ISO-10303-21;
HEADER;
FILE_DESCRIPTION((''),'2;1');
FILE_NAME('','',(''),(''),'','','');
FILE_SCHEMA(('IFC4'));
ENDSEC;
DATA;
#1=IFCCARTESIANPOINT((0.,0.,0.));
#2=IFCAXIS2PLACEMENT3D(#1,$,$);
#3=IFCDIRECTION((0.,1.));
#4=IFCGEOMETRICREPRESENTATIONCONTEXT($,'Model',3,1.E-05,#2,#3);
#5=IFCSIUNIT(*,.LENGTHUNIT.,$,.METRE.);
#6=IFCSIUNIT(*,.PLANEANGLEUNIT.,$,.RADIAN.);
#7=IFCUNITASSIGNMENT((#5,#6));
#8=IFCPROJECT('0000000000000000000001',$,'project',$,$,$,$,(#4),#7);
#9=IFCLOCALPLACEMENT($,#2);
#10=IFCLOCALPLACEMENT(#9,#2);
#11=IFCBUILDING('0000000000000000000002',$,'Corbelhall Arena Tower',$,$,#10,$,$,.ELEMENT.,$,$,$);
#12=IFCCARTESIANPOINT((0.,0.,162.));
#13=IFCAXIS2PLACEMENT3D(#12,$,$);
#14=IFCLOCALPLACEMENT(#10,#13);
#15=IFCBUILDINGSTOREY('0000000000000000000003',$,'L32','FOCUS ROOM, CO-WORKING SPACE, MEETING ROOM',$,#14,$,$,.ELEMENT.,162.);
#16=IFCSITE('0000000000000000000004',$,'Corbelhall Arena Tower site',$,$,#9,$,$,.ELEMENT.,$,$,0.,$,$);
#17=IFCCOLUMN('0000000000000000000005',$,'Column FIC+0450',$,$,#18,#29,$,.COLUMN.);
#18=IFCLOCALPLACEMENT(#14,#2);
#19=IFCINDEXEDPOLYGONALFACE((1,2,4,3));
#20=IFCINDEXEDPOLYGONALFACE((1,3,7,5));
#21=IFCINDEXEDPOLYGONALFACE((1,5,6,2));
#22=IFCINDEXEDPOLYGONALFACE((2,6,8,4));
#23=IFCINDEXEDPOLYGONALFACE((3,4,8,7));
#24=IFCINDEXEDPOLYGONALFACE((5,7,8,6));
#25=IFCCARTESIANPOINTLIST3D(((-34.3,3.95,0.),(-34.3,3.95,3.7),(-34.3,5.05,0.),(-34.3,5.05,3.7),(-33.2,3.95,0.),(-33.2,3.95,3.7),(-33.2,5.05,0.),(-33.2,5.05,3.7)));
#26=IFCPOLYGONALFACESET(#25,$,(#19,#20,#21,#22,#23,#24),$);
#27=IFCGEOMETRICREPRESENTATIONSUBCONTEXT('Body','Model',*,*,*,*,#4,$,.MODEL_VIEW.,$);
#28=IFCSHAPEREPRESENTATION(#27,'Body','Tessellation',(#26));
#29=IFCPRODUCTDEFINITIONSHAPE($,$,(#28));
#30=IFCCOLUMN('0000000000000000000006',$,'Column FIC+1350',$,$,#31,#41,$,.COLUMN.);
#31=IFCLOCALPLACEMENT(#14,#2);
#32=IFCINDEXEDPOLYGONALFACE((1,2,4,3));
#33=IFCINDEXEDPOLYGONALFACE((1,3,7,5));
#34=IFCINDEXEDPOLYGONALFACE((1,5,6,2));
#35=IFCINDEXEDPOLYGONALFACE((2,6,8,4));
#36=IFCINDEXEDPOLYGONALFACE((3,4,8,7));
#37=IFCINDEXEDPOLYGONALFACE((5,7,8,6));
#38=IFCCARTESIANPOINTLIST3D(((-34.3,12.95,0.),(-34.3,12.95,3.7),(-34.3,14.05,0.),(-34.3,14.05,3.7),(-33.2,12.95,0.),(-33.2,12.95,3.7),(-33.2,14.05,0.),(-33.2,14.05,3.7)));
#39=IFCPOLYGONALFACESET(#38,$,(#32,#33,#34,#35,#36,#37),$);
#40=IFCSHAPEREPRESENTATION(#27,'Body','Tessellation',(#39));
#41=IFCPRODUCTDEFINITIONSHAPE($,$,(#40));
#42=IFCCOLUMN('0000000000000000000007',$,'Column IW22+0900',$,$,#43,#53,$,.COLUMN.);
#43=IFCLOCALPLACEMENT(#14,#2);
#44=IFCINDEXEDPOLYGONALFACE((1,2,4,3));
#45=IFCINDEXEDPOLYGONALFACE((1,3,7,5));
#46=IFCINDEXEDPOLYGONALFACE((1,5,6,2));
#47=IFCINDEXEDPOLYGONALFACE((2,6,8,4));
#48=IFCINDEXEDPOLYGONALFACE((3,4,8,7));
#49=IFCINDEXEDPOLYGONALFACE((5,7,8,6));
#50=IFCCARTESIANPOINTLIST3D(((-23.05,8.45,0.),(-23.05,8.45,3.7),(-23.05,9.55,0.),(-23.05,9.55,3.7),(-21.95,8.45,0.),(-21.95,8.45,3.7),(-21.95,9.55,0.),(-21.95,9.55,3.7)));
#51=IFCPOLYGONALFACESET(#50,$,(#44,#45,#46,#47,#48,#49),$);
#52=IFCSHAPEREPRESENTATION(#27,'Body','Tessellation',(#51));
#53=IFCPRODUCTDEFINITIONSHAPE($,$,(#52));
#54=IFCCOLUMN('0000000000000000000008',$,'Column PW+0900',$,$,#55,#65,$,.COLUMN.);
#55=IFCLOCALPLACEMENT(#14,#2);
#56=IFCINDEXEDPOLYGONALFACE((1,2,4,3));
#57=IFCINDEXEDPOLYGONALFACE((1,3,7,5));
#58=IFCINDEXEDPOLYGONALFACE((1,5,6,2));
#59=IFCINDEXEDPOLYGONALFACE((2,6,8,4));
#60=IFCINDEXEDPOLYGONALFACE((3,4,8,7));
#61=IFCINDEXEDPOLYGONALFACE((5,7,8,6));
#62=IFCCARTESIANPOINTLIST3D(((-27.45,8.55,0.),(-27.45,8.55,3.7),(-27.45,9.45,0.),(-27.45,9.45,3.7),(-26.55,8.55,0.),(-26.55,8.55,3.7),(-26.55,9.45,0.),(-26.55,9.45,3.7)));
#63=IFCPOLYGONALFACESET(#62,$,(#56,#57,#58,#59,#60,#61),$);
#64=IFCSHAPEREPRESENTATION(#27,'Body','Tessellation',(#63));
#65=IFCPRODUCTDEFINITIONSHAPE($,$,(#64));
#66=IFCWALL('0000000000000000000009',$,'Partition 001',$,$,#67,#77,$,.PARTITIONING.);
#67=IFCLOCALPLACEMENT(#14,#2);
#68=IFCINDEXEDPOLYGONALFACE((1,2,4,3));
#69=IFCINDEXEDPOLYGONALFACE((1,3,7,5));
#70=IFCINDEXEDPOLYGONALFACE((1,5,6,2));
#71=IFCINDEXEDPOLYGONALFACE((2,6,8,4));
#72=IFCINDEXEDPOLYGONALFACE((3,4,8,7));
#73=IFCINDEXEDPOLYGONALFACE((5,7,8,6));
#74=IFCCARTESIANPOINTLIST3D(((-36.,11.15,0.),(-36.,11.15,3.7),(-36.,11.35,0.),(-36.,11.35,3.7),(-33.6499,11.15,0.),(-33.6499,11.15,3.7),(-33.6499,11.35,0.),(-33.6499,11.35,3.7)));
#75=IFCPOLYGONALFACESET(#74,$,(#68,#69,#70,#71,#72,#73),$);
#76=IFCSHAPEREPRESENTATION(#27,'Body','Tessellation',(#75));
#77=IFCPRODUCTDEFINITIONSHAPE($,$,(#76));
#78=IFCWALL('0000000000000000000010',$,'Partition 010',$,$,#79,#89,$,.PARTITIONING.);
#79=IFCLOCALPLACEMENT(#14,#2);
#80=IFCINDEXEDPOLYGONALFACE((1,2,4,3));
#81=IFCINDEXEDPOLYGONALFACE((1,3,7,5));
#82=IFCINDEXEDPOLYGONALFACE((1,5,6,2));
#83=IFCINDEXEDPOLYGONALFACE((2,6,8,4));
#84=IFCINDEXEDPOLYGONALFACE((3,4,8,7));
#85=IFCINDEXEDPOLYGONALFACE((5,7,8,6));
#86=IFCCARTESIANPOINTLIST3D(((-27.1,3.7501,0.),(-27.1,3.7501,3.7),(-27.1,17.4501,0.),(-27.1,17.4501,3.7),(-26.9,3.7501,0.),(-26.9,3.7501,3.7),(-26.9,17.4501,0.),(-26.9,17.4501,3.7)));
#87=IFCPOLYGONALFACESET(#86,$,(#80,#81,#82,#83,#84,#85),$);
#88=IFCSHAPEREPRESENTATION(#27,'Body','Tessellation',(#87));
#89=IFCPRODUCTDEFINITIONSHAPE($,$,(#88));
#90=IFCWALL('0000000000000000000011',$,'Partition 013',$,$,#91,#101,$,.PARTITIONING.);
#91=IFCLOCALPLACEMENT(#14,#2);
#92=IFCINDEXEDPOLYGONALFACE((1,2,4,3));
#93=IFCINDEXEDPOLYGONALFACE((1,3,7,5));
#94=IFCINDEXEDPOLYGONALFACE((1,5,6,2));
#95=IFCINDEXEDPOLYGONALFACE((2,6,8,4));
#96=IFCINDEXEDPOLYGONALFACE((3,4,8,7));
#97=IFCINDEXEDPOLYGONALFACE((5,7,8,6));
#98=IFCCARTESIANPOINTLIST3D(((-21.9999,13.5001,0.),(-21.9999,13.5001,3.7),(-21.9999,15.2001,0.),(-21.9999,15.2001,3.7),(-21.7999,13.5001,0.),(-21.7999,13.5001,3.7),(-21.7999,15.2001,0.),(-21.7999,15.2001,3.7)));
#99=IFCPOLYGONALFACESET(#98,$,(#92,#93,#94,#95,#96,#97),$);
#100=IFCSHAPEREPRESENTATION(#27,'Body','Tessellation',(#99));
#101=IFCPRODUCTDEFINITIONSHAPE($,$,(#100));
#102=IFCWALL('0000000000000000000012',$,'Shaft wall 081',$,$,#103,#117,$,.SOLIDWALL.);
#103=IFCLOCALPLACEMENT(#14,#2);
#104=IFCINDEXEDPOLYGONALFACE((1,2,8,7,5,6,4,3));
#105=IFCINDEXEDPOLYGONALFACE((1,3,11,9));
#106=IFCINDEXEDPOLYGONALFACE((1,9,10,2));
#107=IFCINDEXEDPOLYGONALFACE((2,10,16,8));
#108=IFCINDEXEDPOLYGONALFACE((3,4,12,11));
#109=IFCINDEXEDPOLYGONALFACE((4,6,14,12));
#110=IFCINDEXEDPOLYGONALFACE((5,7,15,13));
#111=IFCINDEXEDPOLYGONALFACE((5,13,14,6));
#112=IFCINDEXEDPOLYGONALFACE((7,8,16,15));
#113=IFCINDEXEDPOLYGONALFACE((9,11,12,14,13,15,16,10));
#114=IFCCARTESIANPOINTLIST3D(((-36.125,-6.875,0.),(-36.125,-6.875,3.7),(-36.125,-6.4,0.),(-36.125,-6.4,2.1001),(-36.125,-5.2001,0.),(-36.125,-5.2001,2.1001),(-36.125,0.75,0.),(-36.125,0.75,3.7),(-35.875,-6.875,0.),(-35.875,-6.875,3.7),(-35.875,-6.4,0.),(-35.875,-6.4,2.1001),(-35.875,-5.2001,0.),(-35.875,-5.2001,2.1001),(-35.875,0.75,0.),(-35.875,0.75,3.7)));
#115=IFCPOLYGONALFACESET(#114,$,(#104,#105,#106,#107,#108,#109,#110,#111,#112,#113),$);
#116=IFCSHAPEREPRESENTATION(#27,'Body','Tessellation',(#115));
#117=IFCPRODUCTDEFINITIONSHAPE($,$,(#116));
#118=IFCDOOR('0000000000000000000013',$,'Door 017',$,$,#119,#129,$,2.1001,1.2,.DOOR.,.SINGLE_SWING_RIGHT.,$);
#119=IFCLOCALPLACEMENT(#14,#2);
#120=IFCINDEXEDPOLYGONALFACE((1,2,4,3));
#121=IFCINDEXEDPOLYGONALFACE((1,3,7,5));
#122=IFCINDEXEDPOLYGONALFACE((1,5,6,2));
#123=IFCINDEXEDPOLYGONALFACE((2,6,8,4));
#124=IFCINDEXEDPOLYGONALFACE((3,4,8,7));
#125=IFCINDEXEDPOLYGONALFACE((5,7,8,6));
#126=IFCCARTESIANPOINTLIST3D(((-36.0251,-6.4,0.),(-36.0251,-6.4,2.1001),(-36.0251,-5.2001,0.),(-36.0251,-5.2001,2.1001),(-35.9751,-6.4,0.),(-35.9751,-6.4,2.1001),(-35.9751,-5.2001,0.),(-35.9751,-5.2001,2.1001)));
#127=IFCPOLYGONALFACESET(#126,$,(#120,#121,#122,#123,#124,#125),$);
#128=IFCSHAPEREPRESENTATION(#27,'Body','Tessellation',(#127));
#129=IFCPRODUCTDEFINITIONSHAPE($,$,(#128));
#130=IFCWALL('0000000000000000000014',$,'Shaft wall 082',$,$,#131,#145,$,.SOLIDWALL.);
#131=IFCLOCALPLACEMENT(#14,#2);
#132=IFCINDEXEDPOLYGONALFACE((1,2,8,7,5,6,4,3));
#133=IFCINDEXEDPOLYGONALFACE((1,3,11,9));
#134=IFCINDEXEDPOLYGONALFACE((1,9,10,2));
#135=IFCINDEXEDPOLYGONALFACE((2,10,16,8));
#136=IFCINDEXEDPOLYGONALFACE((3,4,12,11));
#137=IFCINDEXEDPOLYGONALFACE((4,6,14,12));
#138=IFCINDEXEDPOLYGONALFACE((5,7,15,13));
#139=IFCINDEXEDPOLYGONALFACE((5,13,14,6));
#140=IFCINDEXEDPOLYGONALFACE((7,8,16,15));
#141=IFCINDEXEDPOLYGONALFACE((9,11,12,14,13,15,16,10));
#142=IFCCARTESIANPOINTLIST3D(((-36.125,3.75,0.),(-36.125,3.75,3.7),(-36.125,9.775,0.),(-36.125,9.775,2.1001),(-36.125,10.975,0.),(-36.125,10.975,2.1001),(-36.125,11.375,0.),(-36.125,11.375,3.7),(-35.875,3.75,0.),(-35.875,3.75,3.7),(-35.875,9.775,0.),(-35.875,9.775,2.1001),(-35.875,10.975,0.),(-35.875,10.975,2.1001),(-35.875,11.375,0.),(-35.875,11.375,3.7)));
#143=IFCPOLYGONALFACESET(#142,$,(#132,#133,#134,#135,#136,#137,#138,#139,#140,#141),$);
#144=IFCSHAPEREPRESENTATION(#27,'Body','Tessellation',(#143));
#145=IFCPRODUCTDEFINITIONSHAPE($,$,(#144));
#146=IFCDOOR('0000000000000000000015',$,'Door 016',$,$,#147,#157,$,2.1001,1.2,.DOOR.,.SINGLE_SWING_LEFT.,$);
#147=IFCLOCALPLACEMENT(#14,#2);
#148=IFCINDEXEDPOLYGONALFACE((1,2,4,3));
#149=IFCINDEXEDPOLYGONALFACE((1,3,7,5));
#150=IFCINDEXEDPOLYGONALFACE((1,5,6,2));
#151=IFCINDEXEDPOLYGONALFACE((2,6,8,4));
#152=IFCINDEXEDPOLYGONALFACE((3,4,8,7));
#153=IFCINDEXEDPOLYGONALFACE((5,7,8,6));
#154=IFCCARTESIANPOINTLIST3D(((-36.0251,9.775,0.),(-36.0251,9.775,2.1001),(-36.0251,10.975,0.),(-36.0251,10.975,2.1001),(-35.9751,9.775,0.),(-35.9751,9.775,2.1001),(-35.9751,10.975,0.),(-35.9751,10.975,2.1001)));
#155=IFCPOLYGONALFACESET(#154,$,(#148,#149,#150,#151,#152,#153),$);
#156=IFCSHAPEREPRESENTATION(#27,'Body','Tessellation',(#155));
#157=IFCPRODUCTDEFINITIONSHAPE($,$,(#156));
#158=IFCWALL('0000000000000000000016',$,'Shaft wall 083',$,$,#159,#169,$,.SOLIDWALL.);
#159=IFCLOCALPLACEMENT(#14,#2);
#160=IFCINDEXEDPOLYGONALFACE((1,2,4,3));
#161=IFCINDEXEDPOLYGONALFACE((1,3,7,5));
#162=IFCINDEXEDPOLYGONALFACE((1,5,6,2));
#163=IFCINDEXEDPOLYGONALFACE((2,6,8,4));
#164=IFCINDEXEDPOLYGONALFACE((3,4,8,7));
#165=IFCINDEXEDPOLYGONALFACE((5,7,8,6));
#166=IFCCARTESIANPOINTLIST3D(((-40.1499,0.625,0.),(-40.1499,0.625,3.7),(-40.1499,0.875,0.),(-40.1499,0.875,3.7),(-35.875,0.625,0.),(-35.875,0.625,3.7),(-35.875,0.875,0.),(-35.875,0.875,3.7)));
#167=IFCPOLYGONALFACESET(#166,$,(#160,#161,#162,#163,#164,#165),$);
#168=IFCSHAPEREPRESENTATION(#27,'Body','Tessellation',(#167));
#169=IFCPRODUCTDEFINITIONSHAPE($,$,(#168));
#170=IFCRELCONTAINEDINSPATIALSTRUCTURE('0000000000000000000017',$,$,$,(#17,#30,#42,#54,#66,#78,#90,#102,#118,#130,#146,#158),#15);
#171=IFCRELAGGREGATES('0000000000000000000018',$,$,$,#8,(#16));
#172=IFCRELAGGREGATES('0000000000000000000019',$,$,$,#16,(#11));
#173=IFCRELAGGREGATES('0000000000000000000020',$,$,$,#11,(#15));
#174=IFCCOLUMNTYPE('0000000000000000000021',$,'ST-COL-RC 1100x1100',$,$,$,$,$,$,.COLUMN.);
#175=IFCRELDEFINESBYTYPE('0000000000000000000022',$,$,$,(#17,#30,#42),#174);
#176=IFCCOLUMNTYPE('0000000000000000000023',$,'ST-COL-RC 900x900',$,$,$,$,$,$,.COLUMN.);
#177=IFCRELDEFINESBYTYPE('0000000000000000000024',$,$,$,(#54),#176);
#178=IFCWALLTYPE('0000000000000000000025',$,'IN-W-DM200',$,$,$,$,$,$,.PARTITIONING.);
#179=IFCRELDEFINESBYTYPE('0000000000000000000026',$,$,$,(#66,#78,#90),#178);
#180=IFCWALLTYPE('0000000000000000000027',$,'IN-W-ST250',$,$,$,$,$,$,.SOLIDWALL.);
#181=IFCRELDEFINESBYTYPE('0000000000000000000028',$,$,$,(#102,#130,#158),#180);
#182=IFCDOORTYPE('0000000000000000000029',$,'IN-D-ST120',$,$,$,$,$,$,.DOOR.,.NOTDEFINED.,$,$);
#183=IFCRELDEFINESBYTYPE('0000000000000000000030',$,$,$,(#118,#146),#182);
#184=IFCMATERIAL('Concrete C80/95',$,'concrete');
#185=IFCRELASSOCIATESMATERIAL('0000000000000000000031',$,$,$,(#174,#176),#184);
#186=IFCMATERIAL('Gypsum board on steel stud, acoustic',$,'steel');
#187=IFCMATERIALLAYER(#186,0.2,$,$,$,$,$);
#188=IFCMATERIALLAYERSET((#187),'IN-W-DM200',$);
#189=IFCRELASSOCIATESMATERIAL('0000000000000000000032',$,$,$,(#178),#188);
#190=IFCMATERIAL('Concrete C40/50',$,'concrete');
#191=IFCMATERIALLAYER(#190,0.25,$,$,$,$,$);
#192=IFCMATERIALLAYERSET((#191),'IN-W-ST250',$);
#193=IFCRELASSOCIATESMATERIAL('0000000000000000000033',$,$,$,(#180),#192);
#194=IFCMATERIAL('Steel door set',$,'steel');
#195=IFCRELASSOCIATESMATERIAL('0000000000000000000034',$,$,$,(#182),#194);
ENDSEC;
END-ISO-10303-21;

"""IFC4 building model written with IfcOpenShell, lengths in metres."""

from ifc_helpers import new_model, si_unit, direction, frame, frame_2d, origin, origin_2d, place, context, subcontext, project, spatial, rectangle, extrude, material, layer, layer_set, material_profile, profile_set, type_object, element, fill, save


model = new_model("IFC4")

# Units and contexts
model_context = context("Model", 3, precision=1e-05, world=origin(), true_north=direction((0.0, 1.0)))
body_context = subcontext(model_context, "Body", "Model", "MODEL_VIEW")
ifc_project = project(units=[si_unit("LENGTHUNIT", "METRE"), si_unit("PLANEANGLEUNIT", "RADIAN")], contexts=[model_context])

# Site, building, storey
site_placement = place(None, origin())
site = spatial("IfcSite", under=ifc_project, at=site_placement, Name="Corbelhall Arena Tower site", CompositionType="ELEMENT", RefElevation=0.0)
building_placement = place(site_placement, origin())
building = spatial("IfcBuilding", under=site, at=building_placement, Name="Corbelhall Arena Tower", CompositionType="ELEMENT")
storey_placement = place(building_placement, frame((0.0, 0.0, 162.0)))
storey = spatial("IfcBuildingStorey", under=building, at=storey_placement, Name="L32", Description="FOCUS ROOM, CO-WORKING SPACE, MEETING ROOM", CompositionType="ELEMENT", Elevation=162.0)

# Columns
ifc_material_1 = material(Name="Concrete C80/95", Category="concrete")
ifc_material_profile_1 = material_profile(ifc_material_1, rectangle(XDim=1.1001, YDim=1.1001, at=origin_2d()))
ifc_profile_set_1 = profile_set([ifc_material_profile_1], Name="Concrete C80/95")
column_type_1 = type_object("IfcColumnType", Name="ST-COL-RC 1100x1100", PredefinedType="COLUMN", material=ifc_profile_set_1)
for number, where, z_axis, x_axis, name in (
    (1, (-33.75, 4.5, 0.0), (0.0, 0.0, 1.0), (1.0, 0.0, 0.0), "Column FIC+0450"),
    (2, (-33.75, 13.5, 0.0), (0.0, 0.0, 1.0), (1.0, 0.0, 0.0), "Column FIC+1350"),
    (3, (-22.5, 9.0, 0.0), (0.0, 0.0, 1.0), (1.0, 0.0, 0.0), "Column IW22+0900"),
):
    element("IfcColumn", number, at=place(storey_placement, frame(where, z_axis=z_axis, x_axis=x_axis)), inside=storey, type_object=column_type_1, Name=name, PredefinedType="COLUMN", context=body_context, shape_type="SweptSolid", body=[
        extrude(rectangle(XDim=1.1001, YDim=1.1001, at=origin_2d()), origin(), (0.0, 0.0, 1.0), 3.7),
    ])
ifc_material_profile_2 = material_profile(ifc_material_1, rectangle(XDim=0.8999, YDim=0.8999, at=origin_2d()))
ifc_profile_set_2 = profile_set([ifc_material_profile_2], Name="Concrete C80/95")
column_type_2 = type_object("IfcColumnType", Name="ST-COL-RC 900x900", PredefinedType="COLUMN", material=ifc_profile_set_2)
column_placement = place(storey_placement, frame((-27.0, 9.0, 0.0), z_axis=(0.0, 0.0, 1.0), x_axis=(1.0, 0.0, 0.0)))
element("IfcColumn", 4, at=column_placement, inside=storey, type_object=column_type_2, Name="Column PW+0900", PredefinedType="COLUMN", context=body_context, shape_type="SweptSolid", body=[
    extrude(rectangle(XDim=0.8999, YDim=0.8999, at=origin_2d()), origin(), (0.0, 0.0, 1.0), 3.7),
])

# Wall
ifc_material_2 = material(Name="Gypsum board on steel stud, acoustic", Category="steel")
ifc_layer_1 = layer(ifc_material_2, 0.2)
ifc_layer_set_1 = layer_set([ifc_layer_1], Name="IN-W-DM200")
wall_type_1 = type_object("IfcWallType", Name="IN-W-DM200", PredefinedType="PARTITIONING", material=ifc_layer_set_1)
wall_1_placement = place(storey_placement, frame((-36.0, 11.25, 0.0), z_axis=(0.0, 0.0, 1.0), x_axis=(1.0, 0.0, 0.0)))
element("IfcWall", 5, at=wall_1_placement, inside=storey, type_object=wall_type_1, Name="Partition 001", PredefinedType="PARTITIONING", context=body_context, shape_type="SweptSolid", body=[
    extrude(rectangle(XDim=2.3501, YDim=0.2, at=frame_2d((1.175, 0.0))), origin(), (0.0, 0.0, 1.0), 3.7),
])

# Shared definitions
ifc_material_3 = material(Name="Steel door set", Category="steel")

# Walls
wall_2_placement = place(storey_placement, frame((-27.0, 3.75, 0.0), z_axis=(0.0, 0.0, 1.0), x_axis=(0.0, 1.0, 0.0)))
element("IfcWall", 6, at=wall_2_placement, inside=storey, type_object=wall_type_1, Name="Partition 010", PredefinedType="PARTITIONING", context=body_context, shape_type="SweptSolid", body=[
    extrude(rectangle(XDim=13.7, YDim=0.2, at=frame_2d((6.8501, 0.0))), origin(), (0.0, 0.0, 1.0), 3.7),
])
wall_3_placement = place(storey_placement, frame((-21.8999, 13.5, 0.0), z_axis=(0.0, 0.0, 1.0), x_axis=(0.0, 1.0, 0.0)))
element("IfcWall", 7, at=wall_3_placement, inside=storey, type_object=wall_type_1, Name="Partition 013", PredefinedType="PARTITIONING", context=body_context, shape_type="SweptSolid", body=[
    extrude(rectangle(XDim=1.7, YDim=0.2, at=frame_2d((0.8501, 0.0))), origin(), (0.0, 0.0, 1.0), 3.7),
])

# Walls, openings, doors
ifc_material_4 = material(Name="Concrete C40/50", Category="concrete")
ifc_layer_2 = layer(ifc_material_4, 0.25)
ifc_layer_set_2 = layer_set([ifc_layer_2], Name="IN-W-ST250")
wall_type_2 = type_object("IfcWallType", Name="IN-W-ST250", PredefinedType="SOLIDWALL", material=ifc_layer_set_2)
wall_4_placement = place(storey_placement, frame((-36.0, 0.75, 0.0), z_axis=(0.0, 0.0, 1.0), x_axis=(0.0, -1.0, 0.0)))
wall_4 = element("IfcWall", 8, at=wall_4_placement, inside=storey, type_object=wall_type_2, Name="Shaft wall 081", PredefinedType="SOLIDWALL", context=body_context, shape_type="SweptSolid", body=[
    extrude(rectangle(XDim=7.625, YDim=0.25, at=frame_2d((3.8125, 0.0))), origin(), (0.0, 0.0, 1.0), 3.7),
])
opening_1_placement = place(wall_4_placement, frame((5.95, 0.0, 0.0)))
opening_1 = element("IfcOpeningElement", 9, at=opening_1_placement, cuts=wall_4, PredefinedType="OPENING", context=body_context, shape_type="SweptSolid", body=[
    extrude(rectangle(XDim=1.2, YDim=2.1001, at=frame_2d((0.6001, 1.05))), frame((0.0, 0.125, 0.0), z_axis=(0.0, -1.0, 0.0), x_axis=(1.0, 0.0, 0.0)), (0.0, 0.0, 1.0), 0.25),
])
door_type_1 = type_object("IfcDoorType", Name="IN-D-ST120", OperationType="NOTDEFINED", PredefinedType="DOOR", material=ifc_material_3)
door_1_placement = place(opening_1_placement, origin())
door_1 = element("IfcDoor", 10, at=door_1_placement, inside=storey, type_object=door_type_1, Name="Door 017", OperationType="SINGLE_SWING_RIGHT", OverallHeight=2.1001, OverallWidth=1.2, PredefinedType="DOOR", context=body_context, shape_type="SweptSolid", body=[
    extrude(rectangle(XDim=1.2, YDim=2.1001, at=frame_2d((0.6001, 1.05))), frame((0.0, 0.0249, 0.0), z_axis=(0.0, -1.0, 0.0), x_axis=(1.0, 0.0, 0.0)), (0.0, 0.0, 1.0), 0.05),
])
fill(opening_1, door_1)
wall_5_placement = place(storey_placement, frame((-36.0, 11.375, 0.0), z_axis=(0.0, 0.0, 1.0), x_axis=(0.0, -1.0, 0.0)))
wall_5 = element("IfcWall", 11, at=wall_5_placement, inside=storey, type_object=wall_type_2, Name="Shaft wall 082", PredefinedType="SOLIDWALL", context=body_context, shape_type="SweptSolid", body=[
    extrude(rectangle(XDim=7.625, YDim=0.25, at=frame_2d((3.8125, 0.0))), origin(), (0.0, 0.0, 1.0), 3.7),
])
opening_2_placement = place(wall_5_placement, frame((0.3999, 0.0, 0.0)))
opening_2 = element("IfcOpeningElement", 12, at=opening_2_placement, cuts=wall_5, PredefinedType="OPENING", context=body_context, shape_type="SweptSolid", body=[
    extrude(rectangle(XDim=1.2, YDim=2.1001, at=frame_2d((0.6001, 1.05))), frame((0.0, 0.125, 0.0), z_axis=(0.0, -1.0, 0.0), x_axis=(1.0, 0.0, 0.0)), (0.0, 0.0, 1.0), 0.25),
])
door_2_placement = place(opening_2_placement, origin())
door_2 = element("IfcDoor", 13, at=door_2_placement, inside=storey, type_object=door_type_1, Name="Door 016", OperationType="SINGLE_SWING_LEFT", OverallHeight=2.1001, OverallWidth=1.2, PredefinedType="DOOR", context=body_context, shape_type="SweptSolid", body=[
    extrude(rectangle(XDim=1.2, YDim=2.1001, at=frame_2d((0.6001, 1.05))), frame((0.0, 0.0249, 0.0), z_axis=(0.0, -1.0, 0.0), x_axis=(1.0, 0.0, 0.0)), (0.0, 0.0, 1.0), 0.05),
])
fill(opening_2, door_2)

# Wall
wall_6_placement = place(storey_placement, frame((-35.875, 0.75, 0.0), z_axis=(0.0, 0.0, 1.0), x_axis=(-1.0, 0.0, 0.0)))
element("IfcWall", 14, at=wall_6_placement, inside=storey, type_object=wall_type_2, Name="Shaft wall 083", PredefinedType="SOLIDWALL", context=body_context, shape_type="SweptSolid", body=[
    extrude(rectangle(XDim=4.2749, YDim=0.25, at=frame_2d((2.1375, 0.0))), origin(), (0.0, 0.0, 1.0), 3.7),
])

save(model, "model.ifc")
